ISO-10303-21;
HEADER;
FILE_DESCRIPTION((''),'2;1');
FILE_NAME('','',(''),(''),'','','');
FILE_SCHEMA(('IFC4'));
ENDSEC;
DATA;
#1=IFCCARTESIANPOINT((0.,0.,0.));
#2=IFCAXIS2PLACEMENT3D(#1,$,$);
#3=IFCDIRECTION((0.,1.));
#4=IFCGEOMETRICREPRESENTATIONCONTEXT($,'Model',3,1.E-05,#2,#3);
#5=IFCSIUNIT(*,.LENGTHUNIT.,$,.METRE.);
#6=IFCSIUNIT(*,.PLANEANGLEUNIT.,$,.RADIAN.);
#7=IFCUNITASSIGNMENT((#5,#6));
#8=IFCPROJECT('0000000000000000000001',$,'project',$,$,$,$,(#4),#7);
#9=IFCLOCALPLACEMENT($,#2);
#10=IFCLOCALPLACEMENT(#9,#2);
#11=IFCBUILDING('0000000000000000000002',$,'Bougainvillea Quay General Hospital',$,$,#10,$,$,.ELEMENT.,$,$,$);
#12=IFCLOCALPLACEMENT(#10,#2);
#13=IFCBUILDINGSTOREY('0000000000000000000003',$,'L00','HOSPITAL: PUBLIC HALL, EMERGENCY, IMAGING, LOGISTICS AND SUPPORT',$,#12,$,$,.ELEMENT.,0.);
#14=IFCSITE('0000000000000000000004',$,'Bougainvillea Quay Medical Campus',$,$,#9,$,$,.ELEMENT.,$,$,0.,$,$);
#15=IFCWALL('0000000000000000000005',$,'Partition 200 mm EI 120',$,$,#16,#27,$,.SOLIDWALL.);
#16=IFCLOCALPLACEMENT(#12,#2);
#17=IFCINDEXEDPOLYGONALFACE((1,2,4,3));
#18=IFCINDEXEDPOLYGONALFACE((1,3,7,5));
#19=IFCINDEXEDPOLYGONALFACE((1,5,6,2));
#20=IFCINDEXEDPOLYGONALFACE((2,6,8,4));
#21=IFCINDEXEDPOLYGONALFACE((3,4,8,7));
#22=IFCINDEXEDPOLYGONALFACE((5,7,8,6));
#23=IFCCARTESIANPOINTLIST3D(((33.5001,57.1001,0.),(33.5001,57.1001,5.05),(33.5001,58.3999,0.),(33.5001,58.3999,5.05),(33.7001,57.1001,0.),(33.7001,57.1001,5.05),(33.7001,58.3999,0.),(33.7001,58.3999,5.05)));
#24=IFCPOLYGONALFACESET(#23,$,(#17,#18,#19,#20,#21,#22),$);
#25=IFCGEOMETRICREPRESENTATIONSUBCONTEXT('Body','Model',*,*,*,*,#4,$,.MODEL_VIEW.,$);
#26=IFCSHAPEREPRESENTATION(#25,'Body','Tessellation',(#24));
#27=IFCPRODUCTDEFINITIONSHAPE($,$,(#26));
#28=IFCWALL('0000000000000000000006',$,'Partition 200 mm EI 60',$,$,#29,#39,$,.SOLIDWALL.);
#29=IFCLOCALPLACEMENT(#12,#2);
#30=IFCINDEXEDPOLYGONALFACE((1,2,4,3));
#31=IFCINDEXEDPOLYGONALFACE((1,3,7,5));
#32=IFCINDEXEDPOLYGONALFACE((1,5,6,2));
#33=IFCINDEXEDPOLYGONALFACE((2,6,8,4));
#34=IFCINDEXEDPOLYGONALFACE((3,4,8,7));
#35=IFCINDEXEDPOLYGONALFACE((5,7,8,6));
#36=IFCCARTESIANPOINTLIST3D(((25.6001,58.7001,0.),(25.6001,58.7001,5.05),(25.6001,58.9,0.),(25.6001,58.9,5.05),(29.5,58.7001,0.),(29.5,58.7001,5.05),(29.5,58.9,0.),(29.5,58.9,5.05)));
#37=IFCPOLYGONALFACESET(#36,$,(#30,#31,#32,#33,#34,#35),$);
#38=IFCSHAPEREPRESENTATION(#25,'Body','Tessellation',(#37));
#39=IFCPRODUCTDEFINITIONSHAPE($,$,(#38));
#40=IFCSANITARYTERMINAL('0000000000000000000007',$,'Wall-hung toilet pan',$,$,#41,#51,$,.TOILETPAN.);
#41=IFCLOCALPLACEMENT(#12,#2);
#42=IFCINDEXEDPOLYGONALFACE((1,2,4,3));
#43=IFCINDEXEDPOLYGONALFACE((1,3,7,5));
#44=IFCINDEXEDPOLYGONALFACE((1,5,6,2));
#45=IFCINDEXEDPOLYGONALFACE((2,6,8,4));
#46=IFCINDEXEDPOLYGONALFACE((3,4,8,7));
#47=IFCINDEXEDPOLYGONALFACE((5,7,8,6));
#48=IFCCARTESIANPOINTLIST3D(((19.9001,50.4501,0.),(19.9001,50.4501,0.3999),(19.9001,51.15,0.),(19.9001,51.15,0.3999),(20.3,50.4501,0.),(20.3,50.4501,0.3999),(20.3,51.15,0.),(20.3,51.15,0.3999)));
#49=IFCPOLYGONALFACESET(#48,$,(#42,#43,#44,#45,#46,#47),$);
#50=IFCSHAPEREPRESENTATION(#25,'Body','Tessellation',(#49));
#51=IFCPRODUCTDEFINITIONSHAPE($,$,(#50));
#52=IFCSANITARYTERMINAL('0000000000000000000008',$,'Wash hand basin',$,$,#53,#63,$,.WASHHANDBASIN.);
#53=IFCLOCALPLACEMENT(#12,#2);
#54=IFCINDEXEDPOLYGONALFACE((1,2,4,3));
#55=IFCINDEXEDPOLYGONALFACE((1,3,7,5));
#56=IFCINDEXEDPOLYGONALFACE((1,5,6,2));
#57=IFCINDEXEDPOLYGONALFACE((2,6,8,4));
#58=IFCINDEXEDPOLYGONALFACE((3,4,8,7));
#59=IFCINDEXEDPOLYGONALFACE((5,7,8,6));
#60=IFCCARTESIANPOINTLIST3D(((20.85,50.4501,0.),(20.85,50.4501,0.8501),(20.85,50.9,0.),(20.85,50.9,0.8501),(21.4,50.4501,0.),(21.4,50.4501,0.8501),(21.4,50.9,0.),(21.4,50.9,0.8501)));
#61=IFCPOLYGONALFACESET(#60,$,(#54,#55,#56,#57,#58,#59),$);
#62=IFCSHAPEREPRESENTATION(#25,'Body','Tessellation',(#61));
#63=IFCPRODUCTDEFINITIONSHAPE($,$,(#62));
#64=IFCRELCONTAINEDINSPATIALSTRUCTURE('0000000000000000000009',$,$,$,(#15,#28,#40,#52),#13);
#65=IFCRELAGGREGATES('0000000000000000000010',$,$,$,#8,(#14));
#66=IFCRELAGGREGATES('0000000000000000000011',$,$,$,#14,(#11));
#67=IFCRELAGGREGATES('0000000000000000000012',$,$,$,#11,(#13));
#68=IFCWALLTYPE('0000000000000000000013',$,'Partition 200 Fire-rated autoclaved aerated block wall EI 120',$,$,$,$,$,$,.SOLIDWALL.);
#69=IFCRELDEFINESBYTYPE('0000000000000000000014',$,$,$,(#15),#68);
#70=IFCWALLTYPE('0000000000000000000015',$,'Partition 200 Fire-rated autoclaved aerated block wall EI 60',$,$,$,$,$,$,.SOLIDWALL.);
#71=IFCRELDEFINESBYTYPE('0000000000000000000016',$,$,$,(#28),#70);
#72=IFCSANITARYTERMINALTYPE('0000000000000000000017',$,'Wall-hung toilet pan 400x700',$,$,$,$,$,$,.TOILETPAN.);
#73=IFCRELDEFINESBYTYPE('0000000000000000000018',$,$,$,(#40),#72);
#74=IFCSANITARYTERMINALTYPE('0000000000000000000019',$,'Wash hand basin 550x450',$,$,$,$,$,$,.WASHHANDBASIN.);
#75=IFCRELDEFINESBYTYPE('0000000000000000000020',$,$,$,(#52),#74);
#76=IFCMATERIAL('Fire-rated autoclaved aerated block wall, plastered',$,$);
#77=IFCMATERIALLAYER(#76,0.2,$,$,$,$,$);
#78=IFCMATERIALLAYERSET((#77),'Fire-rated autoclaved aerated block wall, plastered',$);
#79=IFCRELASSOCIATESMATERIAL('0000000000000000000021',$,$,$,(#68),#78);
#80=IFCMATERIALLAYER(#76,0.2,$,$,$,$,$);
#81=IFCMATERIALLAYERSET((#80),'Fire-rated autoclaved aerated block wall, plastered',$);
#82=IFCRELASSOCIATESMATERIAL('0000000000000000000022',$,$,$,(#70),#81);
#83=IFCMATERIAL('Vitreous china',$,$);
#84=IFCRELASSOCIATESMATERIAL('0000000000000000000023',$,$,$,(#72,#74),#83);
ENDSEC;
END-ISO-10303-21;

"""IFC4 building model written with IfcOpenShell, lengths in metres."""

from ifc_helpers import new_model, si_unit, direction, frame, frame_2d, origin, origin_2d, place, context, subcontext, project, spatial, rectangle, extrude, material, layer, layer_set, type_object, element, save


model = new_model("IFC4")

# Units and contexts
model_context = context("Model", 3, precision=1e-05, world=origin(), true_north=direction((0.0, 1.0)))
body_context = subcontext(model_context, "Body", "Model", "MODEL_VIEW")
ifc_project = project(units=[si_unit("LENGTHUNIT", "METRE"), si_unit("PLANEANGLEUNIT", "RADIAN")], contexts=[model_context])

# Site, building, storey
site_placement = place(None, origin())
site = spatial("IfcSite", under=ifc_project, at=site_placement, Name="Bougainvillea Quay Medical Campus", CompositionType="ELEMENT", RefElevation=0.0)
building_placement = place(site_placement, origin())
building = spatial("IfcBuilding", under=site, at=building_placement, Name="Bougainvillea Quay General Hospital", CompositionType="ELEMENT")
storey_placement = place(building_placement, origin())
storey = spatial("IfcBuildingStorey", under=building, at=storey_placement, Name="L00", Description="HOSPITAL: PUBLIC HALL, EMERGENCY, IMAGING, LOGISTICS AND SUPPORT", CompositionType="ELEMENT", Elevation=0.0)

# Shared definitions
ifc_material_1 = material(Name="Fire-rated autoclaved aerated block wall, plastered")
ifc_layer_1 = layer(ifc_material_1, 0.2)
ifc_layer_set_1 = layer_set([ifc_layer_1], Name="Fire-rated autoclaved aerated block wall, plastered")
wall_type_1 = type_object("IfcWallType", Name="Partition 200 Fire-rated autoclaved aerated block wall EI 120", PredefinedType="SOLIDWALL", material=ifc_layer_set_1)

# Walls
wall_1_placement = place(storey_placement, frame((33.6001, 57.1001, 0.0), z_axis=(0.0, 0.0, 1.0), x_axis=(0.0, 1.0, 0.0)))
element("IfcWall", 1, at=wall_1_placement, inside=storey, type_object=wall_type_1, Name="Partition 200 mm EI 120", PredefinedType="SOLIDWALL", context=body_context, shape_type="SweptSolid", body=[
    extrude(rectangle(XDim=1.2998, YDim=0.2, at=frame_2d((0.6499, 0.0))), origin(), (0.0, 0.0, 1.0), 5.05),
])
ifc_layer_2 = layer(ifc_material_1, 0.2)
ifc_layer_set_2 = layer_set([ifc_layer_2], Name="Fire-rated autoclaved aerated block wall, plastered")
wall_type_2 = type_object("IfcWallType", Name="Partition 200 Fire-rated autoclaved aerated block wall EI 60", PredefinedType="SOLIDWALL", material=ifc_layer_set_2)
wall_2_placement = place(storey_placement, frame((25.6001, 58.8, 0.0), z_axis=(0.0, 0.0, 1.0), x_axis=(1.0, 0.0, 0.0)))
element("IfcWall", 2, at=wall_2_placement, inside=storey, type_object=wall_type_2, Name="Partition 200 mm EI 60", PredefinedType="SOLIDWALL", context=body_context, shape_type="SweptSolid", body=[
    extrude(rectangle(XDim=3.8999, YDim=0.2, at=frame_2d((1.95, 0.0))), origin(), (0.0, 0.0, 1.0), 5.05),
])

# Sanitary terminals
ifc_material_2 = material(Name="Vitreous china")
sanitary_terminal_type_1 = type_object("IfcSanitaryTerminalType", Name="Wall-hung toilet pan 400x700", PredefinedType="TOILETPAN", material=ifc_material_2)
sanitary_terminal_1_placement = place(storey_placement, frame((20.1001, 50.8, 0.0), z_axis=(0.0, 0.0, 1.0), x_axis=(-1.0, 0.0, 0.0)))
element("IfcSanitaryTerminal", 3, at=sanitary_terminal_1_placement, inside=storey, type_object=sanitary_terminal_type_1, Name="Wall-hung toilet pan", PredefinedType="TOILETPAN", context=body_context, shape_type="SweptSolid", body=[
    extrude(rectangle(XDim=0.3999, YDim=0.7, at=origin_2d()), origin(), (0.0, 0.0, 1.0), 0.3999),
])
sanitary_terminal_type_2 = type_object("IfcSanitaryTerminalType", Name="Wash hand basin 550x450", PredefinedType="WASHHANDBASIN", material=ifc_material_2)
sanitary_terminal_2_placement = place(storey_placement, frame((21.125, 50.675, 0.0), z_axis=(0.0, 0.0, 1.0), x_axis=(-1.0, 0.0, 0.0)))
element("IfcSanitaryTerminal", 4, at=sanitary_terminal_2_placement, inside=storey, type_object=sanitary_terminal_type_2, Name="Wash hand basin", PredefinedType="WASHHANDBASIN", context=body_context, shape_type="SweptSolid", body=[
    extrude(rectangle(XDim=0.55, YDim=0.45, at=origin_2d()), origin(), (0.0, 0.0, 1.0), 0.8501),
])

save(model, "model.ifc")
